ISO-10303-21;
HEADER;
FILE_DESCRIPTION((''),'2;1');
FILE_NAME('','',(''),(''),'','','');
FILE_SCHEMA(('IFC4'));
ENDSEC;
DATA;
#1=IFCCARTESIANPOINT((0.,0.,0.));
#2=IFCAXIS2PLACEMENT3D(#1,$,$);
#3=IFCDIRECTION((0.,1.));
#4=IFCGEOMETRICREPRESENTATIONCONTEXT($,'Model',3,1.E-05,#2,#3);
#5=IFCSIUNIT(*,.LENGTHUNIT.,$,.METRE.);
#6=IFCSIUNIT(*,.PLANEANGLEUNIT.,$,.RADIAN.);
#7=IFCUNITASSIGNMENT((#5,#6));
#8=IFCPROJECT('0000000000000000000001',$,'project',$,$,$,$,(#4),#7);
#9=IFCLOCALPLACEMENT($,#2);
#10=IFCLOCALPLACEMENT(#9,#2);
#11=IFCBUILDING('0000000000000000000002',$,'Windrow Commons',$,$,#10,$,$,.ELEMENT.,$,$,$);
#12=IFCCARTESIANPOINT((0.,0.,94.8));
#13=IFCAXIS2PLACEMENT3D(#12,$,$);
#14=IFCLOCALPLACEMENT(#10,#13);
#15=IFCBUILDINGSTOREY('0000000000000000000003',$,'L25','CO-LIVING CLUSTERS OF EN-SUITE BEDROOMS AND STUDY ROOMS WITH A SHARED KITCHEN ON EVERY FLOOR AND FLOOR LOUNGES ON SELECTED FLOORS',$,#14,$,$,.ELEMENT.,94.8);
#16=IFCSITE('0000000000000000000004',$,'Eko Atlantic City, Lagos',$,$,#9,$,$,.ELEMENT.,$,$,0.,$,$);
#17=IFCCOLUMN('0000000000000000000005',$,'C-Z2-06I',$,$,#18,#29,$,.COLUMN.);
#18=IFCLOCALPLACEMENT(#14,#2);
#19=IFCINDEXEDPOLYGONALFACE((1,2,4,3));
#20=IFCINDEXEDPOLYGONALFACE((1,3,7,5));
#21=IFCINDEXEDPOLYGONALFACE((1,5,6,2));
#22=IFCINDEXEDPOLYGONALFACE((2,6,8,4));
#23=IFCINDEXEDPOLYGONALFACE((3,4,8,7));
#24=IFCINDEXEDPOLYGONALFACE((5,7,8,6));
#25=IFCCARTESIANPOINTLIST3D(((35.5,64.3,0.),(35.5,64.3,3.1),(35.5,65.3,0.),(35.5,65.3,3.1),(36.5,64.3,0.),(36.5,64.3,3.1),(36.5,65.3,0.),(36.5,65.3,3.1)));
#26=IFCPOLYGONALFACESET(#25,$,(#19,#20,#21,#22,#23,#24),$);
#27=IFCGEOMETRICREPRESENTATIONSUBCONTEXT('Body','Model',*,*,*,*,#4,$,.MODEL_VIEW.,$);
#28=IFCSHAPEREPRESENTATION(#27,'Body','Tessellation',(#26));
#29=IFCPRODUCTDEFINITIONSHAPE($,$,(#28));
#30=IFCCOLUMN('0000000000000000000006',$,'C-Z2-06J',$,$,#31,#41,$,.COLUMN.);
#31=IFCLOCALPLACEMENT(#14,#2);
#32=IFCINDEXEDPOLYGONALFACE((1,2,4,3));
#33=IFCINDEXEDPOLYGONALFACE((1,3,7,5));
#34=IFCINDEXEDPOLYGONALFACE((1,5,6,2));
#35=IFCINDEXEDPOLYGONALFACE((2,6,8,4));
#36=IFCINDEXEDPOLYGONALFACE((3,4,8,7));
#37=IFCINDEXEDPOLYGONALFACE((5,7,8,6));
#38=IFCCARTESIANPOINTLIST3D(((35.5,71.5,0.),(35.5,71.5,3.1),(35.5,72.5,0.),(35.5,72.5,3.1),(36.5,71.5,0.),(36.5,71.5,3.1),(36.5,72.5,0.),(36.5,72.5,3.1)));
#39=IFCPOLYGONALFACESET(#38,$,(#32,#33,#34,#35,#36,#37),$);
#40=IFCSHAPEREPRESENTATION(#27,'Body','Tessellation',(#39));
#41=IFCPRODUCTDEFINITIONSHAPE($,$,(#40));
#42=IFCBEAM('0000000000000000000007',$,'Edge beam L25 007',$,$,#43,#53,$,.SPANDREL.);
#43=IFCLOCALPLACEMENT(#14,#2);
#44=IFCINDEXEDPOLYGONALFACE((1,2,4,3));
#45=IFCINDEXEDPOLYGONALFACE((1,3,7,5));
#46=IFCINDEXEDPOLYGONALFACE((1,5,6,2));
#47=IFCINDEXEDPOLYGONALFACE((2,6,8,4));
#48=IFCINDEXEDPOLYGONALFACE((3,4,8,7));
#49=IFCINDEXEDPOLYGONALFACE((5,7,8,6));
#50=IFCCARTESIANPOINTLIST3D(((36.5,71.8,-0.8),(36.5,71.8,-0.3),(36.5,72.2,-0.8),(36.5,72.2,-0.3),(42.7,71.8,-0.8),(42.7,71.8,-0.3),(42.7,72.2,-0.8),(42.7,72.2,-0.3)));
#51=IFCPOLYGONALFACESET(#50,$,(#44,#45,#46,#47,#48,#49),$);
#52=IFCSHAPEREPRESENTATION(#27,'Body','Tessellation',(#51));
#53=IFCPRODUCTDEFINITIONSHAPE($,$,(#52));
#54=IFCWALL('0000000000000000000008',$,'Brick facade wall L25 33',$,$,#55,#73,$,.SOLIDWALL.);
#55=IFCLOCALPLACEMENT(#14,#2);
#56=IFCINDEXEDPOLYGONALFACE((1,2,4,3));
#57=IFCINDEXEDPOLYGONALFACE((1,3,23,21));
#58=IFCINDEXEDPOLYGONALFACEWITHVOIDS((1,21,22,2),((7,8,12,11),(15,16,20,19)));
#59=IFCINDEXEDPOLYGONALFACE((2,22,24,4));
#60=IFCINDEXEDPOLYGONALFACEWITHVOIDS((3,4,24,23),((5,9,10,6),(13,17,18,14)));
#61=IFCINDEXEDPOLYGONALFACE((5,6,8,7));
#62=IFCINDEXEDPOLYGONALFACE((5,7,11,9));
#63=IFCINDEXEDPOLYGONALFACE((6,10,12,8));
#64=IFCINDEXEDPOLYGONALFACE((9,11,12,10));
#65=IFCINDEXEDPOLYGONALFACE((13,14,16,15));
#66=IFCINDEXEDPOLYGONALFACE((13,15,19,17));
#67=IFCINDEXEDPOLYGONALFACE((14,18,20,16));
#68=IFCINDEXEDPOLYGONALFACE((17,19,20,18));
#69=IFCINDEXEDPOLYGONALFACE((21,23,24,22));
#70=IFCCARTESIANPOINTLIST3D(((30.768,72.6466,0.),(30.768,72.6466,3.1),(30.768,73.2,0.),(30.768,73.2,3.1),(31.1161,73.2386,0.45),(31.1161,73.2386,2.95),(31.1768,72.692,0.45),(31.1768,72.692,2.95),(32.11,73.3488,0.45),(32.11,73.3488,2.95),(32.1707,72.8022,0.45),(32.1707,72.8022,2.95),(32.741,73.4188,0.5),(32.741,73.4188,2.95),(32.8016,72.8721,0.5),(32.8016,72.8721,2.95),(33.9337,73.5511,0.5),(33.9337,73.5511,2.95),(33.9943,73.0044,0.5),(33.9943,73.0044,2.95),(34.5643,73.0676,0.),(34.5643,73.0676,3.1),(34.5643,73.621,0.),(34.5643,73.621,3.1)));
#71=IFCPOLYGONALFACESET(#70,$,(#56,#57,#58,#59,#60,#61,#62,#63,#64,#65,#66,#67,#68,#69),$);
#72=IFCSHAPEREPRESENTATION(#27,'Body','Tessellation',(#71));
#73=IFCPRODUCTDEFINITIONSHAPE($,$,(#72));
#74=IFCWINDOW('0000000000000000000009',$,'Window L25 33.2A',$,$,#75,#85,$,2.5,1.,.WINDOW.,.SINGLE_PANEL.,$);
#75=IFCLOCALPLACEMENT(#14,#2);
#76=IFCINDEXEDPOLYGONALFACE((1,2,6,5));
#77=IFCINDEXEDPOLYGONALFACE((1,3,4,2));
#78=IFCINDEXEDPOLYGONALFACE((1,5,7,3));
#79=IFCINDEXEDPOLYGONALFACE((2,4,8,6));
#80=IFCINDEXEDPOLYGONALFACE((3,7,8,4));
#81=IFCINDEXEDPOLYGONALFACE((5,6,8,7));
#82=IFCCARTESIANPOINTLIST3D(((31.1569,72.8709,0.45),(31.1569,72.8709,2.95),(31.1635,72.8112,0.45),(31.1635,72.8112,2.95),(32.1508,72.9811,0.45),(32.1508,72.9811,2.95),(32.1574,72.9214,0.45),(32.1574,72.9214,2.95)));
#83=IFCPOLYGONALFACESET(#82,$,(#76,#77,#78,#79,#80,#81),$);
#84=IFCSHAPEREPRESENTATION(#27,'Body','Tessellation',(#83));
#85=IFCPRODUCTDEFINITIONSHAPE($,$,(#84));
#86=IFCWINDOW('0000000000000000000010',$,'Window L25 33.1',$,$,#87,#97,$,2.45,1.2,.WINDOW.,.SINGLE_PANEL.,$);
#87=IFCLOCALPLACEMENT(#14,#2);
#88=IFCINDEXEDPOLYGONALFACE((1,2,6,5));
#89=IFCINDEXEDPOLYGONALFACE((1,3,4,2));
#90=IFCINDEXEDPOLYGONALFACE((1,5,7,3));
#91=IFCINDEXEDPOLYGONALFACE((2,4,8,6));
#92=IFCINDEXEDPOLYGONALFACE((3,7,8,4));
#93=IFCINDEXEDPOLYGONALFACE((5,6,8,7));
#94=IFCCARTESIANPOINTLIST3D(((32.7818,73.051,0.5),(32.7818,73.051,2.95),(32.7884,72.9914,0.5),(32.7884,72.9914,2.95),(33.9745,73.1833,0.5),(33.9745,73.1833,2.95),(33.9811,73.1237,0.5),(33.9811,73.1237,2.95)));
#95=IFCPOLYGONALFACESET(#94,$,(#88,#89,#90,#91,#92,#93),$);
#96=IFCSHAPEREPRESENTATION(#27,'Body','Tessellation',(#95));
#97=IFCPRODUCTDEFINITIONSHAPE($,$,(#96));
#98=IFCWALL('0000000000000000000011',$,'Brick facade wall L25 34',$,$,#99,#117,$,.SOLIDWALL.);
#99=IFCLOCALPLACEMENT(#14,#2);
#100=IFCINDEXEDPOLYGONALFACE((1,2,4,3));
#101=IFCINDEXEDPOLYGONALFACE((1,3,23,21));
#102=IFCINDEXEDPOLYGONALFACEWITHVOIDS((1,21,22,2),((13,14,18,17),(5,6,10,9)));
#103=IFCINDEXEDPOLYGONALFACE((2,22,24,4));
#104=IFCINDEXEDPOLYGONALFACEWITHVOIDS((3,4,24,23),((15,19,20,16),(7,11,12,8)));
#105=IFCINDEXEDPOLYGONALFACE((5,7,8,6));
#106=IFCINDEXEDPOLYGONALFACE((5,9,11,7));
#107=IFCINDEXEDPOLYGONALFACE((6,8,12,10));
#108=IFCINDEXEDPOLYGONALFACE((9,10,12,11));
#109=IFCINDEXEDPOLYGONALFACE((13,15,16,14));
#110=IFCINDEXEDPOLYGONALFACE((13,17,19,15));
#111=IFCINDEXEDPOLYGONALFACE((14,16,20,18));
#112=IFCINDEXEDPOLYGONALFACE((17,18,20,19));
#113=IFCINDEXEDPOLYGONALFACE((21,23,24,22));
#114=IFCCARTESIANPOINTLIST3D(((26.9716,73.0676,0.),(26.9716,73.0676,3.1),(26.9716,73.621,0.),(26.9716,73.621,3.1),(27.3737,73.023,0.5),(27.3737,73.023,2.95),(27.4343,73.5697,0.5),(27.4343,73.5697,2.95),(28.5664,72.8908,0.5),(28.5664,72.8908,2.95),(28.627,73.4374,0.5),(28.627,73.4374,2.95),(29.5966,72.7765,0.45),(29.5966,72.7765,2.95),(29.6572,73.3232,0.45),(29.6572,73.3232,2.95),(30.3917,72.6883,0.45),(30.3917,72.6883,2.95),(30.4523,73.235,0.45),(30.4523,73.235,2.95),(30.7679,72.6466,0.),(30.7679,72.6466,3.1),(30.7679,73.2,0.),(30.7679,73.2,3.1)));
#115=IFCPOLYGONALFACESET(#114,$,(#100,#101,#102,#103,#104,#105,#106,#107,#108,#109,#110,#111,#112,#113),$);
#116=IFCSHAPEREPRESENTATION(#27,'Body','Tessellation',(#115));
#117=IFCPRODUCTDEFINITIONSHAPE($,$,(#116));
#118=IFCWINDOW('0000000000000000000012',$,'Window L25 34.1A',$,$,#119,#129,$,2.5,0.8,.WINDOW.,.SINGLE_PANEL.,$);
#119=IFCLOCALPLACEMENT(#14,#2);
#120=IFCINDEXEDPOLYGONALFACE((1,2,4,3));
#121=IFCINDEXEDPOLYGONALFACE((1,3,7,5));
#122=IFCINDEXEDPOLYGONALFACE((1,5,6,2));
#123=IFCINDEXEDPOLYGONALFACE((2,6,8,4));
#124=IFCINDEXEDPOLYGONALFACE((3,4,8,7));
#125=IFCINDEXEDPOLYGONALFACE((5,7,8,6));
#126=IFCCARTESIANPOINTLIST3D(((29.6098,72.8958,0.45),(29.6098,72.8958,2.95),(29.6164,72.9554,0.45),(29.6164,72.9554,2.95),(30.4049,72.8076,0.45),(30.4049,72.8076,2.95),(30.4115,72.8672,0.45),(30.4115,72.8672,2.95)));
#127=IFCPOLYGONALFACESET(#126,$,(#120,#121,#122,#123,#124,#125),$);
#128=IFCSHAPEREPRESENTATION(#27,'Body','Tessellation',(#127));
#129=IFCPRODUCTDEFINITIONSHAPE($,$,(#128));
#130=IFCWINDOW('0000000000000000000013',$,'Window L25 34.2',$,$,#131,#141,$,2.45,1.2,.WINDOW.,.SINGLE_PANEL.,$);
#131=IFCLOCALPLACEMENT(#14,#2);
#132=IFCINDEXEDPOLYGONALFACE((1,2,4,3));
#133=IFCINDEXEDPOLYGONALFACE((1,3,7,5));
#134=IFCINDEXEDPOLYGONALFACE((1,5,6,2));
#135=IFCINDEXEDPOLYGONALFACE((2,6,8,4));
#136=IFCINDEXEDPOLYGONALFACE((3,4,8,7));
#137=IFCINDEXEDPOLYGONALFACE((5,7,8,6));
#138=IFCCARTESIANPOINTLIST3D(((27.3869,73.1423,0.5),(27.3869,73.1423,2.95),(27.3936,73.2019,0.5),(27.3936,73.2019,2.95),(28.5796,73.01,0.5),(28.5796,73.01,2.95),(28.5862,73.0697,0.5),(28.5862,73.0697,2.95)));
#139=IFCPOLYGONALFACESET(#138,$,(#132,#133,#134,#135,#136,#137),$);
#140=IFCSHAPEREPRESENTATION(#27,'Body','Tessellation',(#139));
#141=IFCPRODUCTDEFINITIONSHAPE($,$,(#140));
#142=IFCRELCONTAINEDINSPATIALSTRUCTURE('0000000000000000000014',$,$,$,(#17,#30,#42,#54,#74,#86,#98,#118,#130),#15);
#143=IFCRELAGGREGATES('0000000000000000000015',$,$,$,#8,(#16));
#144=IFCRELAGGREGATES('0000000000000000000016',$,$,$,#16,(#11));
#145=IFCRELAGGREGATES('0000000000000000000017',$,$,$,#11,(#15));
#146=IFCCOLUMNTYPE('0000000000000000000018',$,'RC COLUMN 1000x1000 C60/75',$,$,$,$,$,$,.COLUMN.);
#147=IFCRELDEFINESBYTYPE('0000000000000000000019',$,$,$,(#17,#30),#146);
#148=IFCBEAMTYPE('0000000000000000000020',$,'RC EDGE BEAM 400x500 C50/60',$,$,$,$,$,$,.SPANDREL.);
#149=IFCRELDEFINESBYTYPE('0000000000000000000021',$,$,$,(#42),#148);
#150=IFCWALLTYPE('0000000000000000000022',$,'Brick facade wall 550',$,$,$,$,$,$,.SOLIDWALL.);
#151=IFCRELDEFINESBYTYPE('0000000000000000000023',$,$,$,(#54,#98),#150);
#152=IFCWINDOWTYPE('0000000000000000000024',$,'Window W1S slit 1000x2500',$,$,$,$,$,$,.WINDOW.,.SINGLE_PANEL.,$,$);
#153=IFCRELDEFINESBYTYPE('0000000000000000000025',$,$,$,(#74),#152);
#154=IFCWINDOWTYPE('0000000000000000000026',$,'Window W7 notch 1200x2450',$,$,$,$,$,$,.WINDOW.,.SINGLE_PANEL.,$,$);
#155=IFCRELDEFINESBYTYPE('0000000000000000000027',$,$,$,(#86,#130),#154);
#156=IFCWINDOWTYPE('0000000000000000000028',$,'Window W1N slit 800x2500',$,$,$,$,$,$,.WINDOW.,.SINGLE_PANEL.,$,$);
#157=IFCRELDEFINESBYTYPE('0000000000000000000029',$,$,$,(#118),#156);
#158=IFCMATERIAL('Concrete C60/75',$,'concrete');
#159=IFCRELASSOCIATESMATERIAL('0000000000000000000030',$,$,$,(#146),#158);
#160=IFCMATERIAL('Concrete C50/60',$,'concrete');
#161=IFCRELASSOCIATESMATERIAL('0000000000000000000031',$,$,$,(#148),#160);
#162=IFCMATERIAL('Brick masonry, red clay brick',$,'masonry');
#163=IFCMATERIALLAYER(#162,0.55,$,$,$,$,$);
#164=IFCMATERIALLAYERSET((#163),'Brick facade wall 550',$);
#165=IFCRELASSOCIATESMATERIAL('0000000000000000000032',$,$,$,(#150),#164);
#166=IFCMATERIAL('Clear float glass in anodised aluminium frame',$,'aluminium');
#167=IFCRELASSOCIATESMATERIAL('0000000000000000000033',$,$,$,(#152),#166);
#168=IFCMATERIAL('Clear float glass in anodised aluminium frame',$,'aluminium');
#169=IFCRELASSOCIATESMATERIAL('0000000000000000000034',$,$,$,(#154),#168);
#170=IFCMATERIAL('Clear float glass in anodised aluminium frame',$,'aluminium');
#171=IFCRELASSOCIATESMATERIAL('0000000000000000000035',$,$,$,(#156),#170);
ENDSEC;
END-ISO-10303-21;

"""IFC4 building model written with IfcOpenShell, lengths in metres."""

from ifc_helpers import new_model, si_unit, direction, frame, frame_2d, origin, origin_2d, place, context, subcontext, project, spatial, polyline, rectangle, outline, extrude, material, layer, layer_set, material_profile, profile_set, type_object, element, fill, save


model = new_model("IFC4")

# Units and contexts
model_context = context("Model", 3, precision=1e-05, world=origin(), true_north=direction((0.0, 1.0)))
body_context = subcontext(model_context, "Body", "Model", "MODEL_VIEW")
ifc_project = project(units=[si_unit("LENGTHUNIT", "METRE"), si_unit("PLANEANGLEUNIT", "RADIAN")], contexts=[model_context])

# Site, building, storey
site_placement = place(None, origin())
site = spatial("IfcSite", under=ifc_project, at=site_placement, Name="Eko Atlantic City, Lagos", CompositionType="ELEMENT", RefElevation=0.0)
building_placement = place(site_placement, origin())
building = spatial("IfcBuilding", under=site, at=building_placement, Name="Windrow Commons", CompositionType="ELEMENT")
storey_placement = place(building_placement, frame((0.0, 0.0, 94.8)))
storey = spatial("IfcBuildingStorey", under=building, at=storey_placement, Name="L25", Description="CO-LIVING CLUSTERS OF EN-SUITE BEDROOMS AND STUDY ROOMS WITH A SHARED KITCHEN ON EVERY FLOOR AND FLOOR LOUNGES ON SELECTED FLOORS", CompositionType="ELEMENT", Elevation=94.8)

# Columns
ifc_material_1 = material(Name="Concrete C60/75", Category="concrete")
ifc_material_profile_1 = material_profile(ifc_material_1, rectangle(XDim=1.0, YDim=1.0, at=origin_2d()))
ifc_profile_set_1 = profile_set([ifc_material_profile_1], Name="Concrete C60/75")
column_type = type_object("IfcColumnType", Name="RC COLUMN 1000x1000 C60/75", PredefinedType="COLUMN", material=ifc_profile_set_1)
for number, where, z_axis, x_axis, name in (
    (1, (36.0, 64.8, 0.0), (0.0, 0.0, 1.0), (1.0, 0.0, 0.0), "C-Z2-06I"),
    (2, (36.0, 72.0, 0.0), (0.0, 0.0, 1.0), (1.0, 0.0, 0.0), "C-Z2-06J"),
):
    element("IfcColumn", number, at=place(storey_placement, frame(where, z_axis=z_axis, x_axis=x_axis)), inside=storey, type_object=column_type, Name=name, PredefinedType="COLUMN", context=body_context, shape_type="SweptSolid", body=[
        extrude(rectangle(XDim=1.0, YDim=1.0, at=origin_2d()), origin(), (0.0, 0.0, 1.0), 3.1),
    ])

# Beam
ifc_material_2 = material(Name="Concrete C50/60", Category="concrete")
ifc_material_profile_2 = material_profile(ifc_material_2, rectangle(XDim=0.4, YDim=0.5, at=origin_2d()))
ifc_profile_set_2 = profile_set([ifc_material_profile_2], Name="Concrete C50/60")
beam_type = type_object("IfcBeamType", Name="RC EDGE BEAM 400x500 C50/60", PredefinedType="SPANDREL", material=ifc_profile_set_2)
beam_placement = place(storey_placement, frame((36.5, 72.0, -0.55), z_axis=(1.0, 0.0, 0.0), x_axis=(0.0, 1.0, 0.0)))
element("IfcBeam", 3, at=beam_placement, inside=storey, type_object=beam_type, Name="Edge beam L25 007", PredefinedType="SPANDREL", context=body_context, shape_type="SweptSolid", body=[
    extrude(rectangle(XDim=0.4, YDim=0.5, at=origin_2d()), origin(), (0.0, 0.0, 1.0), 6.2),
])

# Walls, openings, windows
ifc_material_3 = material(Name="Brick masonry, red clay brick", Category="masonry")
ifc_layer_1 = layer(ifc_material_3, 0.55)
ifc_layer_set_1 = layer_set([ifc_layer_1], Name="Brick facade wall 550")
wall_type_1 = type_object("IfcWallType", Name="Brick facade wall 550", PredefinedType="SOLIDWALL", material=ifc_layer_set_1)
wall_1_placement = place(storey_placement, frame((34.5643, 73.3443, 0.0), z_axis=(0.0, 0.0, 1.0), x_axis=(-0.993907, -0.110219, 0.0)))
wall_1 = element("IfcWall", 4, at=wall_1_placement, inside=storey, type_object=wall_type_1, Name="Brick facade wall L25 33", PredefinedType="SOLIDWALL", context=body_context, shape_type="SweptSolid", body=[
    extrude(outline(polyline([(-0.0305, -0.275), (3.7891, -0.275), (3.8501, 0.275), (0.0305, 0.275), (-0.0305, -0.275)])), origin(), (0.0, 0.0, 1.0), 3.1),
])
opening_1_placement = place(wall_1_placement, frame((0.604, 0.0, 0.5)))
opening_1 = element("IfcOpeningElement", 5, at=opening_1_placement, cuts=wall_1, PredefinedType="OPENING", context=body_context, shape_type="SweptSolid", body=[
    extrude(rectangle(XDim=1.2, YDim=2.45, at=frame_2d((0.6, 1.225))), frame((0.0, 0.285, 0.0), z_axis=(0.0, -1.0, 0.0), x_axis=(1.0, 0.0, 0.0)), (0.0, 0.0, 1.0), 0.57),
])
opening_2_placement = place(wall_1_placement, frame((2.4388, 0.0, 0.45)))
opening_2 = element("IfcOpeningElement", 6, at=opening_2_placement, cuts=wall_1, PredefinedType="OPENING", context=body_context, shape_type="SweptSolid", body=[
    extrude(rectangle(XDim=1.0, YDim=2.5, at=frame_2d((0.5, 1.25))), frame((0.0, 0.285, 0.0), z_axis=(0.0, -1.0, 0.0), x_axis=(1.0, 0.0, 0.0)), (0.0, 0.0, 1.0), 0.57),
])
ifc_material_4 = material(Name="Clear float glass in anodised aluminium frame", Category="aluminium")
window_type_1 = type_object("IfcWindowType", Name="Window W1S slit 1000x2500", PartitioningType="SINGLE_PANEL", PredefinedType="WINDOW", material=ifc_material_4)
window_1_placement = place(opening_2_placement, origin())
window_1 = element("IfcWindow", 7, at=window_1_placement, inside=storey, type_object=window_type_1, Name="Window L25 33.2A", OverallHeight=2.5, OverallWidth=1.0, PartitioningType="SINGLE_PANEL", PredefinedType="WINDOW", context=body_context, shape_type="SweptSolid", body=[
    extrude(rectangle(XDim=1.0, YDim=2.5, at=frame_2d((0.5, 1.25))), frame((0.0, 0.155, 0.0), z_axis=(0.0, -1.0, 0.0), x_axis=(1.0, 0.0, 0.0)), (0.0, 0.0, 1.0), 0.06),
])
fill(opening_2, window_1)
ifc_material_5 = material(Name="Clear float glass in anodised aluminium frame", Category="aluminium")
window_type_2 = type_object("IfcWindowType", Name="Window W7 notch 1200x2450", PartitioningType="SINGLE_PANEL", PredefinedType="WINDOW", material=ifc_material_5)
window_2_placement = place(opening_1_placement, origin())
window_2 = element("IfcWindow", 8, at=window_2_placement, inside=storey, type_object=window_type_2, Name="Window L25 33.1", OverallHeight=2.45, OverallWidth=1.2, PartitioningType="SINGLE_PANEL", PredefinedType="WINDOW", context=body_context, shape_type="SweptSolid", body=[
    extrude(rectangle(XDim=1.2, YDim=2.45, at=frame_2d((0.6, 1.225))), frame((0.0, 0.155, 0.0), z_axis=(0.0, -1.0, 0.0), x_axis=(1.0, 0.0, 0.0)), (0.0, 0.0, 1.0), 0.06),
])
fill(opening_1, window_2)
wall_2_placement = place(storey_placement, frame((30.7679, 72.9233, 0.0), z_axis=(0.0, 0.0, 1.0), x_axis=(-0.993907, 0.110222, 0.0)))
wall_2 = element("IfcWall", 9, at=wall_2_placement, inside=storey, type_object=wall_type_1, Name="Brick facade wall L25 34", PredefinedType="SOLIDWALL", context=body_context, shape_type="SweptSolid", body=[
    extrude(outline(polyline([(0.0305, -0.275), (3.8501, -0.275), (3.7891, 0.275), (-0.0305, 0.275), (0.0305, -0.275)])), origin(), (0.0, 0.0, 1.0), 3.1),
])
opening_3_placement = place(wall_2_placement, frame((2.1845, 0.0, 0.5)))
opening_3 = element("IfcOpeningElement", 10, at=opening_3_placement, cuts=wall_2, PredefinedType="OPENING", context=body_context, shape_type="SweptSolid", body=[
    extrude(rectangle(XDim=1.2, YDim=2.45, at=frame_2d((0.6, 1.225))), frame((0.0, 0.285, 0.0), z_axis=(0.0, -1.0, 0.0), x_axis=(1.0, 0.0, 0.0)), (0.0, 0.0, 1.0), 0.57),
])
opening_4_placement = place(wall_2_placement, frame((0.348, 0.0, 0.45)))
opening_4 = element("IfcOpeningElement", 11, at=opening_4_placement, cuts=wall_2, PredefinedType="OPENING", context=body_context, shape_type="SweptSolid", body=[
    extrude(rectangle(XDim=0.8, YDim=2.5, at=frame_2d((0.4, 1.25))), frame((0.0, 0.285, 0.0), z_axis=(0.0, -1.0, 0.0), x_axis=(1.0, 0.0, 0.0)), (0.0, 0.0, 1.0), 0.57),
])
ifc_material_6 = material(Name="Clear float glass in anodised aluminium frame", Category="aluminium")
window_type_3 = type_object("IfcWindowType", Name="Window W1N slit 800x2500", PartitioningType="SINGLE_PANEL", PredefinedType="WINDOW", material=ifc_material_6)
window_3_placement = place(opening_4_placement, origin())
window_3 = element("IfcWindow", 12, at=window_3_placement, inside=storey, type_object=window_type_3, Name="Window L25 34.1A", OverallHeight=2.5, OverallWidth=0.8, PartitioningType="SINGLE_PANEL", PredefinedType="WINDOW", context=body_context, shape_type="SweptSolid", body=[
    extrude(rectangle(XDim=0.8, YDim=2.5, at=frame_2d((0.4, 1.25))), frame((0.0, 0.155, 0.0), z_axis=(0.0, -1.0, 0.0), x_axis=(1.0, 0.0, 0.0)), (0.0, 0.0, 1.0), 0.06),
])
fill(opening_4, window_3)
window_4_placement = place(opening_3_placement, origin())
window_4 = element("IfcWindow", 13, at=window_4_placement, inside=storey, type_object=window_type_2, Name="Window L25 34.2", OverallHeight=2.45, OverallWidth=1.2, PartitioningType="SINGLE_PANEL", PredefinedType="WINDOW", context=body_context, shape_type="SweptSolid", body=[
    extrude(rectangle(XDim=1.2, YDim=2.45, at=frame_2d((0.6, 1.225))), frame((0.0, 0.155, 0.0), z_axis=(0.0, -1.0, 0.0), x_axis=(1.0, 0.0, 0.0)), (0.0, 0.0, 1.0), 0.06),
])
fill(opening_3, window_4)

save(model, "model.ifc")
